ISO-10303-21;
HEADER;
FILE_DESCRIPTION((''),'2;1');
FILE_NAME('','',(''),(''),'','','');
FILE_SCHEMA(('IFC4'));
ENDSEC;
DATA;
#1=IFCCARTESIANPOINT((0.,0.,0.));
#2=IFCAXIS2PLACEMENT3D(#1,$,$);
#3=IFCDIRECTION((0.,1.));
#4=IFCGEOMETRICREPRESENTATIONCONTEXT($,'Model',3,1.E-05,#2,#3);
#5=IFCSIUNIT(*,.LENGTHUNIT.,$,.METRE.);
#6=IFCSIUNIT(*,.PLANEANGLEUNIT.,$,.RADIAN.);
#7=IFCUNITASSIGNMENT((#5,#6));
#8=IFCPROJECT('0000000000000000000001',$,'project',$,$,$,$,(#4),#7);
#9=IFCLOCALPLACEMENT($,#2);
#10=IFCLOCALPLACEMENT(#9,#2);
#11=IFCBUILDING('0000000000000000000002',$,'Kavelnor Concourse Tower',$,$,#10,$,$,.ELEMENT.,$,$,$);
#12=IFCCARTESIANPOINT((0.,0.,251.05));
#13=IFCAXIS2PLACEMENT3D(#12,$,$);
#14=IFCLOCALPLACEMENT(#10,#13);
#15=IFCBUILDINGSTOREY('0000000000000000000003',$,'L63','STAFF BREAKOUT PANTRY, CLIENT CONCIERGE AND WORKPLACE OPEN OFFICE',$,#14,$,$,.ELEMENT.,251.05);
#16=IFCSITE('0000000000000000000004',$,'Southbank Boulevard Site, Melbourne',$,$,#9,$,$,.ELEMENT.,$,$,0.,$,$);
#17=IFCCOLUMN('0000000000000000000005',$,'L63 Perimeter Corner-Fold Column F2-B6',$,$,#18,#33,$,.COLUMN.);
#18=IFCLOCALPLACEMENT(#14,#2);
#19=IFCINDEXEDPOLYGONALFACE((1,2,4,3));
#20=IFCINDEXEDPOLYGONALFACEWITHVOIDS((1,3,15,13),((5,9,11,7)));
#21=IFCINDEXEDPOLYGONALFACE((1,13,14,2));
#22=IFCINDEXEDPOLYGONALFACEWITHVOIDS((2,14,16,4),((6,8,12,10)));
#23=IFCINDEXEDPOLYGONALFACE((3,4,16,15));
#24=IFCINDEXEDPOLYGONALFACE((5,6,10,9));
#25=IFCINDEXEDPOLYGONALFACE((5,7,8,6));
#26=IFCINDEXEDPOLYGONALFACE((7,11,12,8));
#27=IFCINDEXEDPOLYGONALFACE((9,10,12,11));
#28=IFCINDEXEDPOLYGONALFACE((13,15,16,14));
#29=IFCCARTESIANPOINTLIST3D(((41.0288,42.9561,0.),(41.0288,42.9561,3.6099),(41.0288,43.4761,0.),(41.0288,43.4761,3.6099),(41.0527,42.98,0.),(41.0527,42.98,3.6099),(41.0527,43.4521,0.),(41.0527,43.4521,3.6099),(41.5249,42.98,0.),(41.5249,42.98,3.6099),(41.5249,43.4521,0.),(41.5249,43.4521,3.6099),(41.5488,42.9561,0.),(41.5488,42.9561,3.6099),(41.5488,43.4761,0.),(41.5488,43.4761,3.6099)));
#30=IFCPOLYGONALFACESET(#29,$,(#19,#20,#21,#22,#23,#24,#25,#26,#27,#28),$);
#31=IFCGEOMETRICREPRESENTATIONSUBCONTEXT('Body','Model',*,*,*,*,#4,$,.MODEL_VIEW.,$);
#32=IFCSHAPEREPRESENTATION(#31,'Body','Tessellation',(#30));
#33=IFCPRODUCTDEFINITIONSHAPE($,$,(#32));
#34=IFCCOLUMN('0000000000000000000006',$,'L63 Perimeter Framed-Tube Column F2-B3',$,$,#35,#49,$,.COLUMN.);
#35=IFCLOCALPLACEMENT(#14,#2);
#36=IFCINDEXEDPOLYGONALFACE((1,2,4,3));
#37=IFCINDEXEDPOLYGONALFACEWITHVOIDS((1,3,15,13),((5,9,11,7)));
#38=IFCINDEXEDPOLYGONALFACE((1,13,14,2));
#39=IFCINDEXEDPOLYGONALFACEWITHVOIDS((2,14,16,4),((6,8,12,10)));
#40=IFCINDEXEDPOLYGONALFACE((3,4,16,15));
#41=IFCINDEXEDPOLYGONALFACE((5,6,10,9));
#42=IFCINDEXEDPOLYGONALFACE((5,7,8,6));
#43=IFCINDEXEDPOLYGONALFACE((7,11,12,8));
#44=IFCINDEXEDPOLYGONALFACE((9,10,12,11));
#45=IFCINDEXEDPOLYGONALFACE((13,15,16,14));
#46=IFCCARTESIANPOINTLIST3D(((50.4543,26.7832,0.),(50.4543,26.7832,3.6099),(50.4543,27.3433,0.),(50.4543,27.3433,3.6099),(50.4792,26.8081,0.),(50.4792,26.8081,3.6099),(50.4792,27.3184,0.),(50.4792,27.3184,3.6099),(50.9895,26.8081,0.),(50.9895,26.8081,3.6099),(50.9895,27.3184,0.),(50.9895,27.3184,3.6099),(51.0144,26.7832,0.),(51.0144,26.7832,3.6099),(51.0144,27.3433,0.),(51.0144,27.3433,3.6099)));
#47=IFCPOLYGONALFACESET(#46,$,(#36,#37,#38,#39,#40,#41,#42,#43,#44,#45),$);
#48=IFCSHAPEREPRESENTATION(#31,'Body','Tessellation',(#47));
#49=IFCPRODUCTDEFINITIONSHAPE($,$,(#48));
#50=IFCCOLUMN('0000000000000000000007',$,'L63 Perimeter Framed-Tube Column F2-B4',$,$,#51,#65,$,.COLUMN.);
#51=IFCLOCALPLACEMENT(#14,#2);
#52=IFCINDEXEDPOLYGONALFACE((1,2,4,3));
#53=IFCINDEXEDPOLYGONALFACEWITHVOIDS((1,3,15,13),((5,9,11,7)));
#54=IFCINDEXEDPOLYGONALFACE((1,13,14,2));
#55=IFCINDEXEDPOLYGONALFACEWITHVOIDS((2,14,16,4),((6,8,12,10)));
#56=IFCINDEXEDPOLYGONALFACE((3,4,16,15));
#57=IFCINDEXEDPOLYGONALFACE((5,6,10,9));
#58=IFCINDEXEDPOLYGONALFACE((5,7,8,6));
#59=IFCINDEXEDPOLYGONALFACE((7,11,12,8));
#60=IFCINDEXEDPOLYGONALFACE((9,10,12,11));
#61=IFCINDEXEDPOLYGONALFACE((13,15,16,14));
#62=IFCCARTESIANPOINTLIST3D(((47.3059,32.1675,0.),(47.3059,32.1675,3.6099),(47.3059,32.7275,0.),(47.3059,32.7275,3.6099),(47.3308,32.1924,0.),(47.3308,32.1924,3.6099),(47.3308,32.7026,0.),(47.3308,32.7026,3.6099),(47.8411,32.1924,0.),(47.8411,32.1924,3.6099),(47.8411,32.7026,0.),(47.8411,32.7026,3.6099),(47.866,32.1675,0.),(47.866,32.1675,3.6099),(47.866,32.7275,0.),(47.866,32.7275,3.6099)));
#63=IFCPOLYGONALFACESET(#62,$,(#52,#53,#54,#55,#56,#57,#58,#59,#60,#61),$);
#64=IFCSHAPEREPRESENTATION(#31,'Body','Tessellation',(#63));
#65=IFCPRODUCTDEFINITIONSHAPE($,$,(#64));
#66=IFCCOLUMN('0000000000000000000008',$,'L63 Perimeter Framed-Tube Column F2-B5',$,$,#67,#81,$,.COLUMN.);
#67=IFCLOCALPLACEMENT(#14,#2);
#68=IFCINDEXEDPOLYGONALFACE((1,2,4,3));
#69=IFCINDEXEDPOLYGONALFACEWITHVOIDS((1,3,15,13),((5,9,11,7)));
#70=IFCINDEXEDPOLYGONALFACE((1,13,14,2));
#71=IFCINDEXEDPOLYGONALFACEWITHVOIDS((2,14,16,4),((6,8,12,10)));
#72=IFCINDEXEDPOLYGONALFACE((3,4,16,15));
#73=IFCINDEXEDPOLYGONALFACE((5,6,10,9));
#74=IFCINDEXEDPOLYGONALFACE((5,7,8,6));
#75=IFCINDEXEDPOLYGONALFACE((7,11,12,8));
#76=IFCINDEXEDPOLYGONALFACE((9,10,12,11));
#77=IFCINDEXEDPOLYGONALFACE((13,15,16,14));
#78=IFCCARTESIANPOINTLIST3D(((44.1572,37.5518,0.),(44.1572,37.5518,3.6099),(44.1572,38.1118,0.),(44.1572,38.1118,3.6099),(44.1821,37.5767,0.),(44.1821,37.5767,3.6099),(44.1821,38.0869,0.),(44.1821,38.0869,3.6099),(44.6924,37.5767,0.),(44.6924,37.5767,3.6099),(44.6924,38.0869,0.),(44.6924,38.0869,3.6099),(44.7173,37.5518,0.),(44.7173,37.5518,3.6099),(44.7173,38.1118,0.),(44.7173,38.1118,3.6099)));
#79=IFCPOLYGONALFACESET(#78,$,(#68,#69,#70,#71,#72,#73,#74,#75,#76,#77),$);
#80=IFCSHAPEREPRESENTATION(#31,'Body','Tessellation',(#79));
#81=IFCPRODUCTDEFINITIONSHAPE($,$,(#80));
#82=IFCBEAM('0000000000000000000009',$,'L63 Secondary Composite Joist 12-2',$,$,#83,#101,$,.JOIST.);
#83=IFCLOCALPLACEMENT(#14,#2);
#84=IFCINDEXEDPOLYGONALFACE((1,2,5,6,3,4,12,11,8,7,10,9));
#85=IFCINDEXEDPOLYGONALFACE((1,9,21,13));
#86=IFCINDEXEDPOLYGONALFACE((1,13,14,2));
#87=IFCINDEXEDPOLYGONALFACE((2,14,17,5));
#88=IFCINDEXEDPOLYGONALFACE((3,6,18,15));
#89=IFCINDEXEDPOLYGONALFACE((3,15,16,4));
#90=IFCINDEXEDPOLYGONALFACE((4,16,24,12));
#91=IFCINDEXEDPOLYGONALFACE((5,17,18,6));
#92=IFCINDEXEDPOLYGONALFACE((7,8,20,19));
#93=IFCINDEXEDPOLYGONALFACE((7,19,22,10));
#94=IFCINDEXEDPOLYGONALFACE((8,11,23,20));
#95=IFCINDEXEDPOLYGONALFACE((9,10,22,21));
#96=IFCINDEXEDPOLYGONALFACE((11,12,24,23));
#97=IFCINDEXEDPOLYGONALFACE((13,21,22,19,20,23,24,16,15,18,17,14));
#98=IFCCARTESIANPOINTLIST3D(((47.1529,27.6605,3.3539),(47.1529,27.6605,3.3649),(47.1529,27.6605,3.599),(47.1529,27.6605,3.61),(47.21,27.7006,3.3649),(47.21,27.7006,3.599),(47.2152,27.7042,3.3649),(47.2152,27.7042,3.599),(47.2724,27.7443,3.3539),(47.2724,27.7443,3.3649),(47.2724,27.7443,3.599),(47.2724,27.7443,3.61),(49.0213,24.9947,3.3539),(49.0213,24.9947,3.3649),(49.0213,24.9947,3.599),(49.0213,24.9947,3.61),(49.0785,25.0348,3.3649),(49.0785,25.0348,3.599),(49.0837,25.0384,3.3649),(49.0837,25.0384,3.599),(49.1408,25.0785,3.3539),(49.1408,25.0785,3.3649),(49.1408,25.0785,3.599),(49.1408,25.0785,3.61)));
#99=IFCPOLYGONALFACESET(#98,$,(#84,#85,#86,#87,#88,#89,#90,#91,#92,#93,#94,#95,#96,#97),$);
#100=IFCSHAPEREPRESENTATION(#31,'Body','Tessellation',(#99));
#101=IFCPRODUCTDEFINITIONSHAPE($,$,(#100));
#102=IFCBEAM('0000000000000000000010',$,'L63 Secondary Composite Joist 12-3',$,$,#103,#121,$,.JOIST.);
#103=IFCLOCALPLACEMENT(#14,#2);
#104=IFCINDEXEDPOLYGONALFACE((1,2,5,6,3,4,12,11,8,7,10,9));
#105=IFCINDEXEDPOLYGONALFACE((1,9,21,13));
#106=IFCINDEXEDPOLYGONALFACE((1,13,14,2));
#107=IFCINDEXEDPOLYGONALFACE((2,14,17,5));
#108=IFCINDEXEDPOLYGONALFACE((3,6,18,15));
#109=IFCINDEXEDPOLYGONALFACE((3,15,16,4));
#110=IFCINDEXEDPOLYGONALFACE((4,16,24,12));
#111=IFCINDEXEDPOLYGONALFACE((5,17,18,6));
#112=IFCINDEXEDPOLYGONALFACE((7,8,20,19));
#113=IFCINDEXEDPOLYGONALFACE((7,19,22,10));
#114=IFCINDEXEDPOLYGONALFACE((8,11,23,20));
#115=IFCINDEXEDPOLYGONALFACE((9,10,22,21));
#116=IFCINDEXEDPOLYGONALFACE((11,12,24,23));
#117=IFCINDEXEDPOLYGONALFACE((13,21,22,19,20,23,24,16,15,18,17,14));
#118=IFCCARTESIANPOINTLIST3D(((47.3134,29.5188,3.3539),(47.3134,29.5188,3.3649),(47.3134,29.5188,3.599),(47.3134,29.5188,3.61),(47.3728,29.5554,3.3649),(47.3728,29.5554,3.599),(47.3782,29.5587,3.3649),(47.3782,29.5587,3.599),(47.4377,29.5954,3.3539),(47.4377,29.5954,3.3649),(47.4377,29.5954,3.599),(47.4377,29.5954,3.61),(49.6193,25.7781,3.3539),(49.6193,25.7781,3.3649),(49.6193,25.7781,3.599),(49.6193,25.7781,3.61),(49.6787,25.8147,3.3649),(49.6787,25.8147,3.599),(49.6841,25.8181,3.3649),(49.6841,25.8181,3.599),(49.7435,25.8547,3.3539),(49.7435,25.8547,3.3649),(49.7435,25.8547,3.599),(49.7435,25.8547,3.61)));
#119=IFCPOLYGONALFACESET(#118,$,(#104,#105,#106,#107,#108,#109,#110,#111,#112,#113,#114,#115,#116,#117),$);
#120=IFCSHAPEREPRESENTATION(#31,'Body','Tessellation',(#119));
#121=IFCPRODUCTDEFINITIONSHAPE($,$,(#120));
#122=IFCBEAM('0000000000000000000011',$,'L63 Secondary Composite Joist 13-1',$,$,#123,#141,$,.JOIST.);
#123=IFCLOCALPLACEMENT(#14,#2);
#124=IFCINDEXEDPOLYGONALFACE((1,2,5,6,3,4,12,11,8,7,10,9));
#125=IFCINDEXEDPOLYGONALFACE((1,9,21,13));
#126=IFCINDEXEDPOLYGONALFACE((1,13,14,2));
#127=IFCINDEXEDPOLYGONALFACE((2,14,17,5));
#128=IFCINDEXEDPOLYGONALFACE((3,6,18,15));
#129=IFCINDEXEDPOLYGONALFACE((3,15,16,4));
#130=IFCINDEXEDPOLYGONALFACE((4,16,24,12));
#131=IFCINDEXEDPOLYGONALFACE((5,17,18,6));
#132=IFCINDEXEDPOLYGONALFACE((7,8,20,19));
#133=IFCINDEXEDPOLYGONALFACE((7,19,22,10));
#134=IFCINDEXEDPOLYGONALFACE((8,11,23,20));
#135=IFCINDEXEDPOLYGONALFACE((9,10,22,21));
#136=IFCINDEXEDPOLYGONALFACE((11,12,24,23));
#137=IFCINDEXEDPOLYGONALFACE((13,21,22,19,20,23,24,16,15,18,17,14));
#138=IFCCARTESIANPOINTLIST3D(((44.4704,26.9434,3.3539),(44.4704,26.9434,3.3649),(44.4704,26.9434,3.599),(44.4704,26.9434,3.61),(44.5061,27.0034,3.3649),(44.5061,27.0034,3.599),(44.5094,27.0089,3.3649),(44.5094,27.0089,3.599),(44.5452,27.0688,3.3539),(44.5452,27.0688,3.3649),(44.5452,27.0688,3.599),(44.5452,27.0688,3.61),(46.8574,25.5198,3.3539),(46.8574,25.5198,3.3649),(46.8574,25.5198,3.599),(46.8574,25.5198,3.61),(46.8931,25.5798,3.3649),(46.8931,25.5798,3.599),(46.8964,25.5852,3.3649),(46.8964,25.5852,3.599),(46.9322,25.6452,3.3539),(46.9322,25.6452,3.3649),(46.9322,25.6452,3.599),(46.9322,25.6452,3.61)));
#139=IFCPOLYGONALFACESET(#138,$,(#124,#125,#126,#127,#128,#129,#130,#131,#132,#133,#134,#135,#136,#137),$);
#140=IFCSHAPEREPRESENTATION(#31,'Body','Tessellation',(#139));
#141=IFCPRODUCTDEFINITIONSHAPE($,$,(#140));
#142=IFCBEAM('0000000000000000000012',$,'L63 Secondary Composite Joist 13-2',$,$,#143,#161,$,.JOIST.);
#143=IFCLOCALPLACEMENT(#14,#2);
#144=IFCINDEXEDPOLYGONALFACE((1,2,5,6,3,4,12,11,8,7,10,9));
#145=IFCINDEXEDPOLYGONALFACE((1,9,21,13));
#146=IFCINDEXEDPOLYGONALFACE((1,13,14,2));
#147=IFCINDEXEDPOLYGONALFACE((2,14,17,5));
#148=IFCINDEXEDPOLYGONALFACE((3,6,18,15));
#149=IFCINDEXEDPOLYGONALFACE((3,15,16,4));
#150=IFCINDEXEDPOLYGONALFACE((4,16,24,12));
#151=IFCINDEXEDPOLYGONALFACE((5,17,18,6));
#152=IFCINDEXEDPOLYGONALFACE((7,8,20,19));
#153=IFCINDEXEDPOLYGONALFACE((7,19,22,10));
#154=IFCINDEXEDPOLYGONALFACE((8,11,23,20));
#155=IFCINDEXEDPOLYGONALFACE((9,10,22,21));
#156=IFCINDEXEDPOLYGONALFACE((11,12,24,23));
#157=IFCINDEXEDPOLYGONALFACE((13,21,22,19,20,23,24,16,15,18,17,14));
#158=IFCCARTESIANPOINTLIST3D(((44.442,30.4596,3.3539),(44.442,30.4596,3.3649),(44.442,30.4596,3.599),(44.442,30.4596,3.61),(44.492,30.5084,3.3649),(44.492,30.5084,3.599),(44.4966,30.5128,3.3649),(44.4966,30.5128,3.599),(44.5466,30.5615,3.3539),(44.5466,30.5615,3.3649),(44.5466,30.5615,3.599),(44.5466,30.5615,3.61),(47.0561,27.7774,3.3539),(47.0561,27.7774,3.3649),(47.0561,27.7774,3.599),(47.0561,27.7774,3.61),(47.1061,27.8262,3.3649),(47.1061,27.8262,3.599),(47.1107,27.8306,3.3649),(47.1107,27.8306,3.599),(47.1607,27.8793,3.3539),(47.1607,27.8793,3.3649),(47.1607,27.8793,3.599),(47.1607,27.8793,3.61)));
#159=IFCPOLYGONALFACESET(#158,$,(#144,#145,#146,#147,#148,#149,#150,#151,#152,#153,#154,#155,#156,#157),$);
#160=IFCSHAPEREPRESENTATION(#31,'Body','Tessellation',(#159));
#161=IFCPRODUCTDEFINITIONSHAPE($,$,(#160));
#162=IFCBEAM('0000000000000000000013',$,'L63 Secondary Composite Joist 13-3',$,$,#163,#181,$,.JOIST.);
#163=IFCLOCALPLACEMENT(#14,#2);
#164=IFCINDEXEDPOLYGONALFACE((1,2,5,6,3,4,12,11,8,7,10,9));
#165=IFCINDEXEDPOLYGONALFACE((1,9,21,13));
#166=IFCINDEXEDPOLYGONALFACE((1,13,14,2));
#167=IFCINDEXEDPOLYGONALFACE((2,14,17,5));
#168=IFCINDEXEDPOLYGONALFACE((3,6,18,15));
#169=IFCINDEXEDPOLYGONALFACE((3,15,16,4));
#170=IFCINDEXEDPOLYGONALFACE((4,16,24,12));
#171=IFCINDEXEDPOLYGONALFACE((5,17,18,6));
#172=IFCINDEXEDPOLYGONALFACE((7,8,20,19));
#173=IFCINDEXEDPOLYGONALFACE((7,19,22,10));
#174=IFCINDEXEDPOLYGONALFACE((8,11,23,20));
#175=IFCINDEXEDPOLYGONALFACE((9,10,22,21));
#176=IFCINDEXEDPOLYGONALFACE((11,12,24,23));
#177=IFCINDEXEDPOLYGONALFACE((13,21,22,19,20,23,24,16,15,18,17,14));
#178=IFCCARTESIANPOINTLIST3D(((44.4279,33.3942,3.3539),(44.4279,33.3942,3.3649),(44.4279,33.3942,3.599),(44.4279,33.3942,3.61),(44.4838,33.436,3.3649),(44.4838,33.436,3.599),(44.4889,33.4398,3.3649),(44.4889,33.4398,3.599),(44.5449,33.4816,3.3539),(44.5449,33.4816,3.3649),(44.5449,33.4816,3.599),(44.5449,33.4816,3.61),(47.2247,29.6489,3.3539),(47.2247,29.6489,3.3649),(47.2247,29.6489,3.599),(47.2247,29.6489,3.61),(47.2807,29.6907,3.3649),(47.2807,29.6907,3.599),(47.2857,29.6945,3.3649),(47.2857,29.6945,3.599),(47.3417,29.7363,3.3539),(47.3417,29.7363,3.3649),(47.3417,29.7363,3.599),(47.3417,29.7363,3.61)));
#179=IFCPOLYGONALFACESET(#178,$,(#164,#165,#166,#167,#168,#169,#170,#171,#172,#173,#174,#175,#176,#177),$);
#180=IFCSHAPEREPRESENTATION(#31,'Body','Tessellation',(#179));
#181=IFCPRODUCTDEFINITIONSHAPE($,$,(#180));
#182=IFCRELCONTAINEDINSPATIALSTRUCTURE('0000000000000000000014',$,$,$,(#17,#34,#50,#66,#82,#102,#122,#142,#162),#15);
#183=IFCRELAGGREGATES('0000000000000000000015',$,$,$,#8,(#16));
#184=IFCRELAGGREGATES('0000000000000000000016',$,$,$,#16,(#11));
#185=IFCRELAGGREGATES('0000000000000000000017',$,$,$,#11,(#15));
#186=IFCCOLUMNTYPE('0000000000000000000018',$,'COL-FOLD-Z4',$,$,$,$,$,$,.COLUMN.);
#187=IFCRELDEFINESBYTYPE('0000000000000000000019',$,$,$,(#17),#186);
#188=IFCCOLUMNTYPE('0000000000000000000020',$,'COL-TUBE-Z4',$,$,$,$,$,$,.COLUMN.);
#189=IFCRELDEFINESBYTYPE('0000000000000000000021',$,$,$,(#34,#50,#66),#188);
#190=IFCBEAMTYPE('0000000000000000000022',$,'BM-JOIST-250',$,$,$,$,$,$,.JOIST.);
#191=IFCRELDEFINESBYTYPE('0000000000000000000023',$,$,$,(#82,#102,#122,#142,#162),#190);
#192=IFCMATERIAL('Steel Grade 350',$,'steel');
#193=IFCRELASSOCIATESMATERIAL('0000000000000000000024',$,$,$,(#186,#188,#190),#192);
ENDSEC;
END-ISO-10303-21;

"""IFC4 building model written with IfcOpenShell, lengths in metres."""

from ifc_helpers import new_model, si_unit, direction, frame, origin, origin_2d, place, context, subcontext, project, spatial, hollow_rectangle, i_section, extrude, material, material_profile, profile_set, type_object, element, save


model = new_model("IFC4")

# Units and contexts
model_context = context("Model", 3, precision=1e-05, world=origin(), true_north=direction((0.0, 1.0)))
body_context = subcontext(model_context, "Body", "Model", "MODEL_VIEW")
ifc_project = project(units=[si_unit("LENGTHUNIT", "METRE"), si_unit("PLANEANGLEUNIT", "RADIAN")], contexts=[model_context])

# Site, building, storey
site_placement = place(None, origin())
site = spatial("IfcSite", under=ifc_project, at=site_placement, Name="Southbank Boulevard Site, Melbourne", CompositionType="ELEMENT", RefElevation=0.0)
building_placement = place(site_placement, origin())
building = spatial("IfcBuilding", under=site, at=building_placement, Name="Kavelnor Concourse Tower", CompositionType="ELEMENT")
storey_placement = place(building_placement, frame((0.0, 0.0, 251.05)))
storey = spatial("IfcBuildingStorey", under=building, at=storey_placement, Name="L63", Description="STAFF BREAKOUT PANTRY, CLIENT CONCIERGE AND WORKPLACE OPEN OFFICE", CompositionType="ELEMENT", Elevation=251.05)

# Columns
ifc_material_1 = material(Name="Steel Grade 350", Category="steel")
ifc_material_profile_1 = material_profile(ifc_material_1, hollow_rectangle(XDim=0.52, YDim=0.52, WallThickness=0.0239, at=origin_2d()), Name="SHS 520x520x24")
ifc_profile_set_1 = profile_set([ifc_material_profile_1], Name="Steel Grade 350")
column_type_1 = type_object("IfcColumnType", Name="COL-FOLD-Z4", PredefinedType="COLUMN", material=ifc_profile_set_1)
column_placement = place(storey_placement, frame((41.2888, 43.2161, 0.0), z_axis=(0.0, 0.0, 1.0), x_axis=(1.0, 0.0, 0.0)))
element("IfcColumn", 1, at=column_placement, inside=storey, type_object=column_type_1, Name="L63 Perimeter Corner-Fold Column F2-B6", PredefinedType="COLUMN", context=body_context, shape_type="SweptSolid", body=[
    extrude(hollow_rectangle(XDim=0.52, YDim=0.52, WallThickness=0.0239, at=origin_2d()), origin(), (0.0, 0.0, 1.0), 3.6099),
])
ifc_material_profile_2 = material_profile(ifc_material_1, hollow_rectangle(XDim=0.5601, YDim=0.5601, WallThickness=0.0249, at=origin_2d()), Name="SHS 560x560x25")
ifc_profile_set_2 = profile_set([ifc_material_profile_2], Name="Steel Grade 350")
column_type_2 = type_object("IfcColumnType", Name="COL-TUBE-Z4", PredefinedType="COLUMN", material=ifc_profile_set_2)
for number, where, z_axis, x_axis, name in (
    (2, (50.7344, 27.0632, 0.0), (0.0, 0.0, 1.0), (1.0, 0.0, 0.0), "L63 Perimeter Framed-Tube Column F2-B3"),
    (3, (47.5859, 32.4475, 0.0), (0.0, 0.0, 1.0), (1.0, 0.0, 0.0), "L63 Perimeter Framed-Tube Column F2-B4"),
    (4, (44.4373, 37.8318, 0.0), (0.0, 0.0, 1.0), (1.0, 0.0, 0.0), "L63 Perimeter Framed-Tube Column F2-B5"),
):
    element("IfcColumn", number, at=place(storey_placement, frame(where, z_axis=z_axis, x_axis=x_axis)), inside=storey, type_object=column_type_2, Name=name, PredefinedType="COLUMN", context=body_context, shape_type="SweptSolid", body=[
        extrude(hollow_rectangle(XDim=0.5601, YDim=0.5601, WallThickness=0.0249, at=origin_2d()), origin(), (0.0, 0.0, 1.0), 3.6099),
    ])

# Beams
ifc_material_profile_3 = material_profile(ifc_material_1, i_section(OverallWidth=0.146, OverallDepth=0.2561, WebThickness=0.0063, FlangeThickness=0.011, at=origin_2d()), Name="250UB37")
ifc_profile_set_3 = profile_set([ifc_material_profile_3], Name="Steel Grade 350")
beam_type_1 = type_object("IfcBeamType", Name="BM-JOIST-250", PredefinedType="JOIST", material=ifc_profile_set_3)
beam_1_placement = place(storey_placement, frame((49.0811, 25.0366, 3.4819), z_axis=(-0.57395, 0.81889, 0.0), x_axis=(-0.81889, -0.57395, 0.0)))
element("IfcBeam", 5, at=beam_1_placement, inside=storey, type_object=beam_type_1, Name="L63 Secondary Composite Joist 12-2", PredefinedType="JOIST", context=body_context, shape_type="SweptSolid", body=[
    extrude(i_section(OverallWidth=0.146, OverallDepth=0.2561, WebThickness=0.0063, FlangeThickness=0.011, at=origin_2d()), origin(), (0.0, 0.0, 1.0), 3.2554),
])
beam_2_placement = place(storey_placement, frame((49.6814, 25.8164, 3.4819), z_axis=(-0.524745, 0.851259, 0.0), x_axis=(-0.851259, -0.524745, 0.0)))
element("IfcBeam", 6, at=beam_2_placement, inside=storey, type_object=beam_type_1, Name="L63 Secondary Composite Joist 12-3", PredefinedType="JOIST", context=body_context, shape_type="SweptSolid", body=[
    extrude(i_section(OverallWidth=0.146, OverallDepth=0.2561, WebThickness=0.0063, FlangeThickness=0.011, at=origin_2d()), origin(), (0.0, 0.0, 1.0), 4.3943),
])
beam_3_placement = place(storey_placement, frame((46.8948, 25.5825, 3.4819), z_axis=(-0.858854, 0.51222, 0.0), x_axis=(-0.51222, -0.858854, 0.0)))
element("IfcBeam", 7, at=beam_3_placement, inside=storey, type_object=beam_type_1, Name="L63 Secondary Composite Joist 13-1", PredefinedType="JOIST", context=body_context, shape_type="SweptSolid", body=[
    extrude(i_section(OverallWidth=0.146, OverallDepth=0.2561, WebThickness=0.0063, FlangeThickness=0.011, at=origin_2d()), origin(), (0.0, 0.0, 1.0), 2.7793),
])
beam_4_placement = place(storey_placement, frame((47.1084, 27.8284, 3.4819), z_axis=(-0.697955, 0.716142, 0.0), x_axis=(-0.716142, -0.697955, 0.0)))
element("IfcBeam", 8, at=beam_4_placement, inside=storey, type_object=beam_type_1, Name="L63 Secondary Composite Joist 13-2", PredefinedType="JOIST", context=body_context, shape_type="SweptSolid", body=[
    extrude(i_section(OverallWidth=0.146, OverallDepth=0.2561, WebThickness=0.0063, FlangeThickness=0.011, at=origin_2d()), origin(), (0.0, 0.0, 1.0), 3.7454),
])
beam_5_placement = place(storey_placement, frame((47.2832, 29.6926, 3.4819), z_axis=(-0.598336, 0.801246, 0.0), x_axis=(-0.801246, -0.598336, 0.0)))
element("IfcBeam", 9, at=beam_5_placement, inside=storey, type_object=beam_type_1, Name="L63 Secondary Composite Joist 13-3", PredefinedType="JOIST", context=body_context, shape_type="SweptSolid", body=[
    extrude(i_section(OverallWidth=0.146, OverallDepth=0.2561, WebThickness=0.0063, FlangeThickness=0.011, at=origin_2d()), origin(), (0.0, 0.0, 1.0), 4.6743),
])

save(model, "model.ifc")
